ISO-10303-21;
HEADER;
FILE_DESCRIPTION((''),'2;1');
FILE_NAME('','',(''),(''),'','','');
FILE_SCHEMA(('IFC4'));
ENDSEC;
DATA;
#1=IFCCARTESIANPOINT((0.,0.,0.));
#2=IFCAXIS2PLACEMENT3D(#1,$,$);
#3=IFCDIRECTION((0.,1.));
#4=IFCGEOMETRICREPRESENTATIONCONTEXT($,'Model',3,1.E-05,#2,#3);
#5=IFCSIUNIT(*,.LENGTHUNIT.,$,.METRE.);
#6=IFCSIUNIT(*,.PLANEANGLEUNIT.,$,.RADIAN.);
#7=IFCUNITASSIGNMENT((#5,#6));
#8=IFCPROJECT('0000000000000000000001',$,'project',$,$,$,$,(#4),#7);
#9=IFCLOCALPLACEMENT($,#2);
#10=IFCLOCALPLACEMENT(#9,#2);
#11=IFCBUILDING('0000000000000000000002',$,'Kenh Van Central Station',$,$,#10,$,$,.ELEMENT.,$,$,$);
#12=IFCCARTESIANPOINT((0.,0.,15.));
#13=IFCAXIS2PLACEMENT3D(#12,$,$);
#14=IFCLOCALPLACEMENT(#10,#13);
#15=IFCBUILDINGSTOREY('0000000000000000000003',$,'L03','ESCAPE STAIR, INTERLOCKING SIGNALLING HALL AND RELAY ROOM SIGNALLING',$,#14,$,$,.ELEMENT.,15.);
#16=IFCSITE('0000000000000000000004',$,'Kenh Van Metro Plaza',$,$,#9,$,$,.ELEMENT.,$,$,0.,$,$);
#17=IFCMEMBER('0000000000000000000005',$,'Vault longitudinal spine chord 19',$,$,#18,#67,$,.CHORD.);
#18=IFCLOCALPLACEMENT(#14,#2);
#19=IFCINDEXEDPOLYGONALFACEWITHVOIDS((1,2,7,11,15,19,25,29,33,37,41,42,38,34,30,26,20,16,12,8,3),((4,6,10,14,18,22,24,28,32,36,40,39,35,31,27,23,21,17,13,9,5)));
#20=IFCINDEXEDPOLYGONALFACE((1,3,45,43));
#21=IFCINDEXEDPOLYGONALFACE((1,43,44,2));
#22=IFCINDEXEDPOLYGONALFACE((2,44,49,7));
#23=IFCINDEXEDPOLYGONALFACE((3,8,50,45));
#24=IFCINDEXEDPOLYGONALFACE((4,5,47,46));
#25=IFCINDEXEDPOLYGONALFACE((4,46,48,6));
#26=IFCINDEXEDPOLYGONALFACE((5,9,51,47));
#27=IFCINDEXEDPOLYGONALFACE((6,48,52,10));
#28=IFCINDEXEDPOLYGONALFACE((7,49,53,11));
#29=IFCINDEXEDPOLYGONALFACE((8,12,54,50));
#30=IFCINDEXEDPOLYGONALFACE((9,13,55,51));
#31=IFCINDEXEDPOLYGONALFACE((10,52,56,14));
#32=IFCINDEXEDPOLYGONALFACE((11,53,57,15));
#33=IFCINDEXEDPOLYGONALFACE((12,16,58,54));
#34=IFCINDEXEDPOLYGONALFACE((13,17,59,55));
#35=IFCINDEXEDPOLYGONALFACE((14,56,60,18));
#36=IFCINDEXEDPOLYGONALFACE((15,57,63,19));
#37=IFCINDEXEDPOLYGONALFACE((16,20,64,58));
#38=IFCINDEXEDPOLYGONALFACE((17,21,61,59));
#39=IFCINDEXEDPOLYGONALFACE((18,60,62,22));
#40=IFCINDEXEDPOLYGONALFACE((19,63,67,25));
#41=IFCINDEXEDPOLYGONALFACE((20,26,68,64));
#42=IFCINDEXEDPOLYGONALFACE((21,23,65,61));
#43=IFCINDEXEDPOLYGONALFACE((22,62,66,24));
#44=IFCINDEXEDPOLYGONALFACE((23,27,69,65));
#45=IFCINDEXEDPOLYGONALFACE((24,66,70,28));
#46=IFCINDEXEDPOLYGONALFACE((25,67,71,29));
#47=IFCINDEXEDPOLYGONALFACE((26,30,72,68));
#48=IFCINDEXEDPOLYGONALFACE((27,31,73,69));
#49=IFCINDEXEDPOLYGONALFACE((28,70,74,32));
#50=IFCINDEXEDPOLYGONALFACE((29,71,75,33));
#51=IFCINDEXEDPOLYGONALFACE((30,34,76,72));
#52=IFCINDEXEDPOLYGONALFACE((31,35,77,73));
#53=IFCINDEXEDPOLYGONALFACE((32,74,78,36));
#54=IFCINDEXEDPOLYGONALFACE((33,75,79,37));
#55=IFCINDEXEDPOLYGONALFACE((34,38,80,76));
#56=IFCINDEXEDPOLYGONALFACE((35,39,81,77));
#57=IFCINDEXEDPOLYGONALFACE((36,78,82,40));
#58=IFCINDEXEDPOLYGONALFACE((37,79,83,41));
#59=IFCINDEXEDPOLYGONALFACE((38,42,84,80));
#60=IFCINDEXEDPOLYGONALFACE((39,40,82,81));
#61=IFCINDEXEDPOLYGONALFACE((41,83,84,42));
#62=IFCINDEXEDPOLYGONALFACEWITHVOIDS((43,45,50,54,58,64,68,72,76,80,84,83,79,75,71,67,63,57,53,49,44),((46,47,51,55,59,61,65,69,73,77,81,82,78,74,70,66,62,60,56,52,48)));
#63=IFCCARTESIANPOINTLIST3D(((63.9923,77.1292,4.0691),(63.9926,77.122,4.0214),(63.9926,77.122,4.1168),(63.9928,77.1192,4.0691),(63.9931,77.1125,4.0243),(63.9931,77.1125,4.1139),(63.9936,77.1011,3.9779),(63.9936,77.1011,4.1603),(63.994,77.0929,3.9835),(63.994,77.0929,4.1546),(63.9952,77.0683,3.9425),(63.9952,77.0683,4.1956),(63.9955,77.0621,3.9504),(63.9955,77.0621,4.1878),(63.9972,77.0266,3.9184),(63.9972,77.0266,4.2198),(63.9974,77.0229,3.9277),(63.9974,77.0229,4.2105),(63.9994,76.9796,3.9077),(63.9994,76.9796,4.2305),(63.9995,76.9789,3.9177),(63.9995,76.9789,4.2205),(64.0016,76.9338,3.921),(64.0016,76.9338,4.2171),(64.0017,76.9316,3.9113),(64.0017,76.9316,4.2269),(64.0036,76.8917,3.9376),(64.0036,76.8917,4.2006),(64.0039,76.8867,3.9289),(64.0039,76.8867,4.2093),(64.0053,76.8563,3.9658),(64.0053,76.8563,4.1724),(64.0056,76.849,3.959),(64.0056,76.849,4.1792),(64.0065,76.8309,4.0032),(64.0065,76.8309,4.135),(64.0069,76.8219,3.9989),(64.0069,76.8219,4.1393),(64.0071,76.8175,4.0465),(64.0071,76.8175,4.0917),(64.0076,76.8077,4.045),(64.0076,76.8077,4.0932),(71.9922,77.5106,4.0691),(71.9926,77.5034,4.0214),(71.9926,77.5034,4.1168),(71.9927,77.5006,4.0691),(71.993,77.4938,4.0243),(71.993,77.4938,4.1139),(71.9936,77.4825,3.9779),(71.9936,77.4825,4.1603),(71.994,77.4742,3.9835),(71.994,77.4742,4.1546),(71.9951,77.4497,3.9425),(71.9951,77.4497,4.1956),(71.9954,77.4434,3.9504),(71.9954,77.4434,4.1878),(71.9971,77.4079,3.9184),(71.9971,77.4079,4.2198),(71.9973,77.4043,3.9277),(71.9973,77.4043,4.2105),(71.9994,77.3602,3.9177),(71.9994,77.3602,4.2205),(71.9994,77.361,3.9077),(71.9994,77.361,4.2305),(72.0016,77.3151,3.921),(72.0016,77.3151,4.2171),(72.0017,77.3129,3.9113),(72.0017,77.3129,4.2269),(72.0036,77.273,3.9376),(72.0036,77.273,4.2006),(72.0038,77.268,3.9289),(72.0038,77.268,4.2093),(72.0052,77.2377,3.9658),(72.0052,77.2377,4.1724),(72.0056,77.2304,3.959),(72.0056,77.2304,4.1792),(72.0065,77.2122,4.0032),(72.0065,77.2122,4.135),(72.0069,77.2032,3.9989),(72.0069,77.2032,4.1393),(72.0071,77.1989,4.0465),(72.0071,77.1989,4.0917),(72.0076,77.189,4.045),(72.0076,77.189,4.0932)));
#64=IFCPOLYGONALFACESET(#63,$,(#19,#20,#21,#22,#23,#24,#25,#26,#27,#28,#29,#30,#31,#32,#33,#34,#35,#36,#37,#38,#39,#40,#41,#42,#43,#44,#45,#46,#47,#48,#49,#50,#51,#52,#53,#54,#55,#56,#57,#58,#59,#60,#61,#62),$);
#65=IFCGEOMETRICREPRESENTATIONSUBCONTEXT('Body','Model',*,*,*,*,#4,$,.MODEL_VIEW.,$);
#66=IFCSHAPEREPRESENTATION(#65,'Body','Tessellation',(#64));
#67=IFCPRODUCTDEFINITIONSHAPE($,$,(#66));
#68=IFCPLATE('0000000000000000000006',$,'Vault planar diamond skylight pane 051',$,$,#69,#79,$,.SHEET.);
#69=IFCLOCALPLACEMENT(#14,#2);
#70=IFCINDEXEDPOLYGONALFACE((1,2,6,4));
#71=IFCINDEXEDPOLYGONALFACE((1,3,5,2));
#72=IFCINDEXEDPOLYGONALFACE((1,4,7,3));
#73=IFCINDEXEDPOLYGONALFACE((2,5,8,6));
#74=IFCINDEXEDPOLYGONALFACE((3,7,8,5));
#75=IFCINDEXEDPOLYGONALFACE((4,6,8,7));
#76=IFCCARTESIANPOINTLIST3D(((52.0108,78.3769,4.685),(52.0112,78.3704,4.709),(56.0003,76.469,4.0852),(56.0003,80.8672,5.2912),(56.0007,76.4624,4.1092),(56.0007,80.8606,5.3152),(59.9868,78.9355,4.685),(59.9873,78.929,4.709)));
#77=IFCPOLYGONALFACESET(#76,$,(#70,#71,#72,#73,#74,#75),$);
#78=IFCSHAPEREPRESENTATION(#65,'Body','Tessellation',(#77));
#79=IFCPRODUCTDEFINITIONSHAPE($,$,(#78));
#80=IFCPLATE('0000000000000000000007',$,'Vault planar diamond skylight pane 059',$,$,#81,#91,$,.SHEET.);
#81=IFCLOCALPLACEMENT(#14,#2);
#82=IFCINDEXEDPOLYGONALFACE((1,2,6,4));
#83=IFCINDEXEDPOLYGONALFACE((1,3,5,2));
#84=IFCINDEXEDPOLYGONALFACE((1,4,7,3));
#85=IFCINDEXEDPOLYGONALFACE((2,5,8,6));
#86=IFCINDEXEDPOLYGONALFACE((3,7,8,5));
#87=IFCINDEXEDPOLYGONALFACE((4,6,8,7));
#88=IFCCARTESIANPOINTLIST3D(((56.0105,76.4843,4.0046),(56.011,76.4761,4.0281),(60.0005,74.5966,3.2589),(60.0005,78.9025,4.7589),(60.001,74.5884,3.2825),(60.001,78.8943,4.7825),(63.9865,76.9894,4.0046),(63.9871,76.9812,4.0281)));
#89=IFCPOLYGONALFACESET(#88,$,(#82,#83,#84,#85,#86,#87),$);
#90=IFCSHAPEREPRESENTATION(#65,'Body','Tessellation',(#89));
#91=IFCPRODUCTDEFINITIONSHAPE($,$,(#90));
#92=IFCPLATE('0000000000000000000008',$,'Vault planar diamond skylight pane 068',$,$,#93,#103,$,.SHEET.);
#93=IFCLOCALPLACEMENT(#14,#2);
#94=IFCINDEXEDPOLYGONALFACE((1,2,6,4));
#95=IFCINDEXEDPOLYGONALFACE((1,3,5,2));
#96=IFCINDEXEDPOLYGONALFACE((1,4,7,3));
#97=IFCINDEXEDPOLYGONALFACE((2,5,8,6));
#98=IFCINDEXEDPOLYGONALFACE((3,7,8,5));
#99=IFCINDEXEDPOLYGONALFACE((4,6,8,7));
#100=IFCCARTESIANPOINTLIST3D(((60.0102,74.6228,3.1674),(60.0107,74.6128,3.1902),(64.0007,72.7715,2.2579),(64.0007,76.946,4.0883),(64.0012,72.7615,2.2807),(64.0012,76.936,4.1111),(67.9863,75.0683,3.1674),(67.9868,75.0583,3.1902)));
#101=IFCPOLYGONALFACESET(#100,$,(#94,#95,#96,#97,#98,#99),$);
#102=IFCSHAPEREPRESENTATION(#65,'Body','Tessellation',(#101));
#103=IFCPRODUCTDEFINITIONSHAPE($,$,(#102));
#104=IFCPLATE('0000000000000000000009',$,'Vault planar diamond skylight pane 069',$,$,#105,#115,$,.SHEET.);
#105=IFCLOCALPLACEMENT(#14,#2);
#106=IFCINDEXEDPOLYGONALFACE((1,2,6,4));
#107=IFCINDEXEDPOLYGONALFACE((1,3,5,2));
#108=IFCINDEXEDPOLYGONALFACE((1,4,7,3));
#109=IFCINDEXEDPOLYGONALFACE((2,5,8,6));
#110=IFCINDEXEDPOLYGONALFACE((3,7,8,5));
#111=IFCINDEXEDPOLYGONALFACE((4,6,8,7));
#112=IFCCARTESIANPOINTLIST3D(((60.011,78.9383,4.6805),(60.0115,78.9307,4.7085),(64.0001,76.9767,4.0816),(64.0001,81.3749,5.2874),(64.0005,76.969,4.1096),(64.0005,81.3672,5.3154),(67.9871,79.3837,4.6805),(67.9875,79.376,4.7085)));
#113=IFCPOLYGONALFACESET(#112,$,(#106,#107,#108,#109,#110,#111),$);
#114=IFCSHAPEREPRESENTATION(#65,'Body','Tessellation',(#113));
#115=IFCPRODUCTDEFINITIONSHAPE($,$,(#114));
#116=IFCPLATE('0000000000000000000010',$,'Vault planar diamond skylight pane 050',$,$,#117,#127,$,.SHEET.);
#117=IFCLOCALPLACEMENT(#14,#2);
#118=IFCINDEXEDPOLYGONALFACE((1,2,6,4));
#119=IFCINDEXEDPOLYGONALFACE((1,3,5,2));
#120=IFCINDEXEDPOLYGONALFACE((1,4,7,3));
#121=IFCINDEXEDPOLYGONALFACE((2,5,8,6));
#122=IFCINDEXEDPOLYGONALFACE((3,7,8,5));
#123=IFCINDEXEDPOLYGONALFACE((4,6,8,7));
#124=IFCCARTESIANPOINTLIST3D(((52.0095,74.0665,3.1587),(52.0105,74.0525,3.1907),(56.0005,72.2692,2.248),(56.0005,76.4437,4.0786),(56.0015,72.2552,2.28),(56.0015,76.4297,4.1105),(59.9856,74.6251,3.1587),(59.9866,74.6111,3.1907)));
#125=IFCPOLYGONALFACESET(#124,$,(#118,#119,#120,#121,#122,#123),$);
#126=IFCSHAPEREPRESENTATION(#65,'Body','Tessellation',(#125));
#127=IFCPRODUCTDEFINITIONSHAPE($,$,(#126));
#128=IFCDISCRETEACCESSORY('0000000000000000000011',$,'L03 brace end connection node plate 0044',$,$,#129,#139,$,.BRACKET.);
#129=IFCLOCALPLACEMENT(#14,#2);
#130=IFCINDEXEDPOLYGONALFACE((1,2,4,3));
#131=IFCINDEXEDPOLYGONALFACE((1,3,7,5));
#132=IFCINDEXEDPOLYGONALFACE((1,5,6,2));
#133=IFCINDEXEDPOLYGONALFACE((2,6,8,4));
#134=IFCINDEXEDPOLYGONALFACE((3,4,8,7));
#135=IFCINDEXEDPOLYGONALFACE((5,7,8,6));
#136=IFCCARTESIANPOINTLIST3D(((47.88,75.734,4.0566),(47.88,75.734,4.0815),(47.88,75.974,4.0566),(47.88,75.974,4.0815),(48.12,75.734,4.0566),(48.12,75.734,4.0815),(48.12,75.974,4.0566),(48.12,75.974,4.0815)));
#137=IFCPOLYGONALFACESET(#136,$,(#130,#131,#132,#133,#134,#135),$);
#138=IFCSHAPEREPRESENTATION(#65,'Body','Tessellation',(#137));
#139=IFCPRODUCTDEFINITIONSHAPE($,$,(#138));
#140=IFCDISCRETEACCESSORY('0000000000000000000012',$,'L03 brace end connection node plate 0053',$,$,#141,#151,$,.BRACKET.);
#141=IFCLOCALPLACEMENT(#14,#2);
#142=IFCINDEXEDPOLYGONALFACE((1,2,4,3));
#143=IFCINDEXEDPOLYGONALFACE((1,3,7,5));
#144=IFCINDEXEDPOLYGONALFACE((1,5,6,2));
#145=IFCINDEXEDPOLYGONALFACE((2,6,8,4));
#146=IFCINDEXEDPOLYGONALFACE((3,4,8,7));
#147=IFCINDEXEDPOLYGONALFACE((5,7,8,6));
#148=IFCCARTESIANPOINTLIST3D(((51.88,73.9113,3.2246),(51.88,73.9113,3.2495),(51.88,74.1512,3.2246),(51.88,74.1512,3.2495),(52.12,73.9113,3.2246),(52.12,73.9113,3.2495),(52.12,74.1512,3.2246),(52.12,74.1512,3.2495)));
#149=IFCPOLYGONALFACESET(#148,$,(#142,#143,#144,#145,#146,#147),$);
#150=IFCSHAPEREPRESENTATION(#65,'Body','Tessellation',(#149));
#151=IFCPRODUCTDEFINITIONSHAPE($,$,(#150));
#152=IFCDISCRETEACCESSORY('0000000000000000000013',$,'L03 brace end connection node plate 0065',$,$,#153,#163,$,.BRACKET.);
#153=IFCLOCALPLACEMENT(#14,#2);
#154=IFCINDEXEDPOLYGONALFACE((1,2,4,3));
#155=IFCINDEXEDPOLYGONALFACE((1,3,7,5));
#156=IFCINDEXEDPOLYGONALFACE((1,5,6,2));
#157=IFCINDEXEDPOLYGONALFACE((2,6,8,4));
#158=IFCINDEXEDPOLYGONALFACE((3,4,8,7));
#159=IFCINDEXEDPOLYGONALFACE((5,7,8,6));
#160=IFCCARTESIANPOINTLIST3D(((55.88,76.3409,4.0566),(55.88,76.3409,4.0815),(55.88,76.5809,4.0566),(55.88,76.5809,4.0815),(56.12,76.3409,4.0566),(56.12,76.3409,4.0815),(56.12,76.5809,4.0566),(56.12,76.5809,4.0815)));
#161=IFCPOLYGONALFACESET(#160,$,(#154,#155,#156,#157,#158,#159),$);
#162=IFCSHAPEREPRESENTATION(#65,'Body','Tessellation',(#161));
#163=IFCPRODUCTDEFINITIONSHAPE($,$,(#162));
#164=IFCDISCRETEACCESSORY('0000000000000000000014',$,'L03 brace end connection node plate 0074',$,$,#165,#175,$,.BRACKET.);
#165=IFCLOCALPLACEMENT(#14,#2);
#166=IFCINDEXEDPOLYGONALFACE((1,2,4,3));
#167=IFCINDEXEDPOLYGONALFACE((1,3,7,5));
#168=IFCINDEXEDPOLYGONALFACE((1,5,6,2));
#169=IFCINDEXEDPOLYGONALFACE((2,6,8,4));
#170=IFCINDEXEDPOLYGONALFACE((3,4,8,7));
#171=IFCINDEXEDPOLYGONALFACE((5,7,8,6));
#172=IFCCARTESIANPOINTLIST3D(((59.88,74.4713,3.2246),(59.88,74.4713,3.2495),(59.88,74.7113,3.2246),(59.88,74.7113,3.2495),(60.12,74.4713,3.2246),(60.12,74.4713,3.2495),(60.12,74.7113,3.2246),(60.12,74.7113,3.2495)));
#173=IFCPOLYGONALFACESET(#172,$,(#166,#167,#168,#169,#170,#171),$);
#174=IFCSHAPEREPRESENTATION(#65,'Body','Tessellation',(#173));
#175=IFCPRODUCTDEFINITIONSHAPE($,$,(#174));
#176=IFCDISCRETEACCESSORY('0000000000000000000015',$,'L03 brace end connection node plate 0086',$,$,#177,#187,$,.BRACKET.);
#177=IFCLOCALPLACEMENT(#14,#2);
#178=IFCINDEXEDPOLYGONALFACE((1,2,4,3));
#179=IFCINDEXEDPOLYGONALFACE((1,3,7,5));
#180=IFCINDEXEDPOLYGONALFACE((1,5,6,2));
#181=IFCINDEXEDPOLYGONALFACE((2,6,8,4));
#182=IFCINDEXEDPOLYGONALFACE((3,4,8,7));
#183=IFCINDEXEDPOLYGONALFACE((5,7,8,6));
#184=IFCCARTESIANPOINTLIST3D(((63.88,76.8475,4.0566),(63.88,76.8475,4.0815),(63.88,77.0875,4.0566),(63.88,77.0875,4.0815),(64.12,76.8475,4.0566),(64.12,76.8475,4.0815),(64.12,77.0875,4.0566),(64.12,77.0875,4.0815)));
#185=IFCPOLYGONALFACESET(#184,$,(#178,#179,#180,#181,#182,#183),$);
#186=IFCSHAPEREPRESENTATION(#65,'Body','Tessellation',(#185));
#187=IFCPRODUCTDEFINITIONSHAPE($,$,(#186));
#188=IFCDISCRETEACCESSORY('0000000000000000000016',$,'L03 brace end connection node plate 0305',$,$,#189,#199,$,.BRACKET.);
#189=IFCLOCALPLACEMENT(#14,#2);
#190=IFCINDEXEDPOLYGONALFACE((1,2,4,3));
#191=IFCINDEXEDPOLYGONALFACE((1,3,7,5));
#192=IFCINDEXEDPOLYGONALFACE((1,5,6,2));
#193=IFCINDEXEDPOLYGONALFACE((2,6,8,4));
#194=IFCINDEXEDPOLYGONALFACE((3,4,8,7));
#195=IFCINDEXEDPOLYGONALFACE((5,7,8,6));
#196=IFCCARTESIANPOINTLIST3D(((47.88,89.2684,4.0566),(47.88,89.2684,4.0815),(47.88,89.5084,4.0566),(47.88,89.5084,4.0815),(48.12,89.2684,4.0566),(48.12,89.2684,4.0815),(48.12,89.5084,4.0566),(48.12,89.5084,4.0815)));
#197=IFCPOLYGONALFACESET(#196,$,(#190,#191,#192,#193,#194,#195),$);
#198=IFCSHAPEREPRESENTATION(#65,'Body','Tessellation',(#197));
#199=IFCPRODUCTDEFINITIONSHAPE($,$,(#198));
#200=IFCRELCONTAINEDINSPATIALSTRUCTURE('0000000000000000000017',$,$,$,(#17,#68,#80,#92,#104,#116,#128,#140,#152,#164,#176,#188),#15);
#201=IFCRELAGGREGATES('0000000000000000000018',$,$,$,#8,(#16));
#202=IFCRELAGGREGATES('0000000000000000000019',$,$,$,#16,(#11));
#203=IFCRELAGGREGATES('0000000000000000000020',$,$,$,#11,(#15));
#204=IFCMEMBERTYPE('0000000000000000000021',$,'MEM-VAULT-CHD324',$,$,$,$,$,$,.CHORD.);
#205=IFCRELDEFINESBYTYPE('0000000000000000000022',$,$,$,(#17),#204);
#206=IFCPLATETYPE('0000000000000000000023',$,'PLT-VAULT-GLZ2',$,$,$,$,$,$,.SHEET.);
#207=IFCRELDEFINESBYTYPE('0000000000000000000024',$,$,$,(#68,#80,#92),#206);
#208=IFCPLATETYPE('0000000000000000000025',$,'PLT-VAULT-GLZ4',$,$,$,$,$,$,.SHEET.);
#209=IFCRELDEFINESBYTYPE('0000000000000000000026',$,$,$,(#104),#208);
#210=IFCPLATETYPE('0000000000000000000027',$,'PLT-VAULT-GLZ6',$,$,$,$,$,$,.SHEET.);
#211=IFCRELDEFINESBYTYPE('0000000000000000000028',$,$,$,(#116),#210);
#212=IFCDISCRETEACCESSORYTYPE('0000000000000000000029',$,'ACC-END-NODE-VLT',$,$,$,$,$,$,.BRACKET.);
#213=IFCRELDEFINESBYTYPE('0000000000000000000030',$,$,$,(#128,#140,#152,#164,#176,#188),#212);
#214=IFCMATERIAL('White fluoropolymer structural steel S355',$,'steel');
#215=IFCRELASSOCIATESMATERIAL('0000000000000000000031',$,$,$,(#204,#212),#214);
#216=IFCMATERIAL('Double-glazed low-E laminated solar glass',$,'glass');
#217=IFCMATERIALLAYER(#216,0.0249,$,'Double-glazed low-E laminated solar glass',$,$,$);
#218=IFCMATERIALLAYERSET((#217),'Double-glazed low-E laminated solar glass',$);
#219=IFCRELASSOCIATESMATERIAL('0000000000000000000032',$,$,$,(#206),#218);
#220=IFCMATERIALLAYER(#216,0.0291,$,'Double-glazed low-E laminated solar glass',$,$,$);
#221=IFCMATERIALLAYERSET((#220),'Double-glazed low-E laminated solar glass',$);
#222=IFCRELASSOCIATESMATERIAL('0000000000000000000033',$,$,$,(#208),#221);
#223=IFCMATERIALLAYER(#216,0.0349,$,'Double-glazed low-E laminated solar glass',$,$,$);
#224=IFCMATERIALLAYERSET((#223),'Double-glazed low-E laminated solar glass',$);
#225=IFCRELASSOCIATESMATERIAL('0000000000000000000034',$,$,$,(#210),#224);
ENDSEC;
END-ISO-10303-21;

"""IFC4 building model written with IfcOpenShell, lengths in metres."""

from ifc_helpers import new_model, si_unit, direction, frame, origin, origin_2d, place, context, subcontext, project, spatial, polyline, rectangle, hollow_circle, outline, extrude, material, layer, layer_set, material_profile, profile_set, type_object, element, save


model = new_model("IFC4")

# Units and contexts
model_context = context("Model", 3, precision=1e-05, world=origin(), true_north=direction((0.0, 1.0)))
body_context = subcontext(model_context, "Body", "Model", "MODEL_VIEW")
ifc_project = project(units=[si_unit("LENGTHUNIT", "METRE"), si_unit("PLANEANGLEUNIT", "RADIAN")], contexts=[model_context])

# Site, building, storey
site_placement = place(None, origin())
site = spatial("IfcSite", under=ifc_project, at=site_placement, Name="Kenh Van Metro Plaza", CompositionType="ELEMENT", RefElevation=0.0)
building_placement = place(site_placement, origin())
building = spatial("IfcBuilding", under=site, at=building_placement, Name="Kenh Van Central Station", CompositionType="ELEMENT")
storey_placement = place(building_placement, frame((0.0, 0.0, 15.0)))
storey = spatial("IfcBuildingStorey", under=building, at=storey_placement, Name="L03", Description="ESCAPE STAIR, INTERLOCKING SIGNALLING HALL AND RELAY ROOM SIGNALLING", CompositionType="ELEMENT", Elevation=15.0)

# Shared definitions
ifc_material_1 = material(Name="White fluoropolymer structural steel S355", Category="steel")

# Member
ifc_material_profile_1 = material_profile(ifc_material_1, hollow_circle(Radius=0.1619, WallThickness=0.01, at=origin_2d()), Name="CHS 323.9x10")
ifc_profile_set_1 = profile_set([ifc_material_profile_1], Name="White fluoropolymer structural steel S355")
member_type_1 = type_object("IfcMemberType", Name="MEM-VAULT-CHD324", PredefinedType="CHORD", material=ifc_profile_set_1)
member_1_placement = place(storey_placement, frame((64.0, 76.9675, 4.0691), z_axis=(0.998866, 0.047614, 0.0), x_axis=(-0.047614, 0.998866, 0.0)))
element("IfcMember", 1, at=member_1_placement, inside=storey, type_object=member_type_1, Name="Vault longitudinal spine chord 19", PredefinedType="CHORD", context=body_context, shape_type="SweptSolid", body=[
    extrude(hollow_circle(Radius=0.1619, WallThickness=0.01, at=origin_2d()), origin(), (0.0, 0.0, 1.0), 8.009),
])

# Plates
ifc_material_2 = material(Name="Double-glazed low-E laminated solar glass", Category="glass")
ifc_layer_1 = layer(ifc_material_2, 0.0249, Name="Double-glazed low-E laminated solar glass")
ifc_layer_set_1 = layer_set([ifc_layer_1], Name="Double-glazed low-E laminated solar glass")
plate_type_1 = type_object("IfcPlateType", Name="PLT-VAULT-GLZ2", PredefinedType="SHEET", material=ifc_layer_set_1)
plate_1_placement = place(storey_placement, frame((52.0112, 78.3704, 4.709), z_axis=(0.018517, -0.264408, 0.964233), x_axis=(0.893953, -0.427531, -0.134404)))
element("IfcPlate", 2, at=plate_1_placement, inside=storey, type_object=plate_type_1, Name="Vault planar diamond skylight pane 051", PredefinedType="SHEET", context=body_context, shape_type="SweptSolid", body=[
    extrude(outline(polyline([(0.0, 0.0), (4.4628, 0.0), (6.8914, 4.0544), (2.4203, 4.0776), (0.0, 0.0)])), origin(), (0.0, 0.0, -1.0), 0.0249),
])
plate_2_placement = place(storey_placement, frame((56.011, 76.4761, 4.0281), z_axis=(0.020829, -0.328898, 0.944136), x_axis=(0.891313, -0.421686, -0.166562)))
element("IfcPlate", 3, at=plate_2_placement, inside=storey, type_object=plate_type_1, Name="Vault planar diamond skylight pane 059", PredefinedType="SHEET", context=body_context, shape_type="SweptSolid", body=[
    extrude(outline(polyline([(0.0, 0.0), (4.4765, 0.0), (6.8962, 4.0393), (2.4109, 4.065), (0.0, 0.0)])), origin(), (0.0, 0.0, -1.0), 0.0249),
])
plate_3_placement = place(storey_placement, frame((60.0107, 74.6128, 3.1902), z_axis=(0.022425, -0.401445, 0.915608), x_axis=(0.888346, -0.412132, -0.202456)))
element("IfcPlate", 4, at=plate_3_placement, inside=storey, type_object=plate_type_1, Name="Vault planar diamond skylight pane 068", PredefinedType="SHEET", context=body_context, shape_type="SweptSolid", body=[
    extrude(outline(polyline([(0.0, 0.0), (4.492, 0.0), (6.9019, 4.0225), (2.401, 4.0503), (0.0, 0.0)])), origin(), (0.0, 0.0, -1.0), 0.0249),
])
ifc_layer_2 = layer(ifc_material_2, 0.0291, Name="Double-glazed low-E laminated solar glass")
ifc_layer_set_2 = layer_set([ifc_layer_2], Name="Double-glazed low-E laminated solar glass")
plate_type_2 = type_object("IfcPlateType", Name="PLT-VAULT-GLZ4", PredefinedType="SHEET", material=ifc_layer_set_2)
plate_4_placement = place(storey_placement, frame((60.0115, 78.9307, 4.7085), z_axis=(0.01476, -0.264375, 0.964307), x_axis=(0.889328, -0.437344, -0.133515)))
element("IfcPlate", 5, at=plate_4_placement, inside=storey, type_object=plate_type_2, Name="Vault planar diamond skylight pane 069", PredefinedType="SHEET", context=body_context, shape_type="SweptSolid", body=[
    extrude(outline(polyline([(0.0, 0.0), (4.4854, 0.0), (6.8986, 4.0281), (2.4009, 4.0562), (0.0, 0.0)])), origin(), (0.0, 0.0, -1.0), 0.0291),
])
ifc_layer_3 = layer(ifc_material_2, 0.0349, Name="Double-glazed low-E laminated solar glass")
ifc_layer_set_3 = layer_set([ifc_layer_3], Name="Double-glazed low-E laminated solar glass")
plate_type_3 = type_object("IfcPlateType", Name="PLT-VAULT-GLZ6", PredefinedType="SHEET", material=ifc_layer_set_3)
plate_5_placement = place(storey_placement, frame((52.0105, 74.0525, 3.1907), z_axis=(0.028114, -0.401433, 0.915457), x_axis=(0.892684, -0.402021, -0.203703)))
element("IfcPlate", 6, at=plate_5_placement, inside=storey, type_object=plate_type_3, Name="Vault planar diamond skylight pane 050", PredefinedType="SHEET", context=body_context, shape_type="SweptSolid", body=[
    extrude(outline(polyline([(0.0, 0.0), (4.4707, 0.0), (6.8955, 4.0474), (2.4196, 4.0707), (0.0, 0.0)])), origin(), (0.0, 0.0, -1.0), 0.0349),
])

# Discrete accessories
discrete_accessory_type = type_object("IfcDiscreteAccessoryType", Name="ACC-END-NODE-VLT", PredefinedType="BRACKET", material=ifc_material_1)
for number, where, z_axis, x_axis, name in (
    (7, (48.0, 75.854, 4.0566), (0.0, 0.0, 1.0), (1.0, 0.0, 0.0), "L03 brace end connection node plate 0044"),
    (8, (52.0, 74.0312, 3.2246), (0.0, 0.0, 1.0), (1.0, 0.0, 0.0), "L03 brace end connection node plate 0053"),
    (9, (56.0, 76.4609, 4.0566), (0.0, 0.0, 1.0), (1.0, 0.0, 0.0), "L03 brace end connection node plate 0065"),
    (10, (60.0, 74.5913, 3.2246), (0.0, 0.0, 1.0), (1.0, 0.0, 0.0), "L03 brace end connection node plate 0074"),
    (11, (64.0, 76.9675, 4.0566), (0.0, 0.0, 1.0), (1.0, 0.0, 0.0), "L03 brace end connection node plate 0086"),
    (12, (48.0, 89.3884, 4.0566), (0.0, 0.0, 1.0), (1.0, 0.0, 0.0), "L03 brace end connection node plate 0305"),
):
    element("IfcDiscreteAccessory", number, at=place(storey_placement, frame(where, z_axis=z_axis, x_axis=x_axis)), inside=storey, type_object=discrete_accessory_type, Name=name, PredefinedType="BRACKET", context=body_context, shape_type="SweptSolid", body=[
        extrude(rectangle(XDim=0.24, YDim=0.24, at=origin_2d()), origin(), (0.0, 0.0, 1.0), 0.0249),
    ])

save(model, "model.ifc")
